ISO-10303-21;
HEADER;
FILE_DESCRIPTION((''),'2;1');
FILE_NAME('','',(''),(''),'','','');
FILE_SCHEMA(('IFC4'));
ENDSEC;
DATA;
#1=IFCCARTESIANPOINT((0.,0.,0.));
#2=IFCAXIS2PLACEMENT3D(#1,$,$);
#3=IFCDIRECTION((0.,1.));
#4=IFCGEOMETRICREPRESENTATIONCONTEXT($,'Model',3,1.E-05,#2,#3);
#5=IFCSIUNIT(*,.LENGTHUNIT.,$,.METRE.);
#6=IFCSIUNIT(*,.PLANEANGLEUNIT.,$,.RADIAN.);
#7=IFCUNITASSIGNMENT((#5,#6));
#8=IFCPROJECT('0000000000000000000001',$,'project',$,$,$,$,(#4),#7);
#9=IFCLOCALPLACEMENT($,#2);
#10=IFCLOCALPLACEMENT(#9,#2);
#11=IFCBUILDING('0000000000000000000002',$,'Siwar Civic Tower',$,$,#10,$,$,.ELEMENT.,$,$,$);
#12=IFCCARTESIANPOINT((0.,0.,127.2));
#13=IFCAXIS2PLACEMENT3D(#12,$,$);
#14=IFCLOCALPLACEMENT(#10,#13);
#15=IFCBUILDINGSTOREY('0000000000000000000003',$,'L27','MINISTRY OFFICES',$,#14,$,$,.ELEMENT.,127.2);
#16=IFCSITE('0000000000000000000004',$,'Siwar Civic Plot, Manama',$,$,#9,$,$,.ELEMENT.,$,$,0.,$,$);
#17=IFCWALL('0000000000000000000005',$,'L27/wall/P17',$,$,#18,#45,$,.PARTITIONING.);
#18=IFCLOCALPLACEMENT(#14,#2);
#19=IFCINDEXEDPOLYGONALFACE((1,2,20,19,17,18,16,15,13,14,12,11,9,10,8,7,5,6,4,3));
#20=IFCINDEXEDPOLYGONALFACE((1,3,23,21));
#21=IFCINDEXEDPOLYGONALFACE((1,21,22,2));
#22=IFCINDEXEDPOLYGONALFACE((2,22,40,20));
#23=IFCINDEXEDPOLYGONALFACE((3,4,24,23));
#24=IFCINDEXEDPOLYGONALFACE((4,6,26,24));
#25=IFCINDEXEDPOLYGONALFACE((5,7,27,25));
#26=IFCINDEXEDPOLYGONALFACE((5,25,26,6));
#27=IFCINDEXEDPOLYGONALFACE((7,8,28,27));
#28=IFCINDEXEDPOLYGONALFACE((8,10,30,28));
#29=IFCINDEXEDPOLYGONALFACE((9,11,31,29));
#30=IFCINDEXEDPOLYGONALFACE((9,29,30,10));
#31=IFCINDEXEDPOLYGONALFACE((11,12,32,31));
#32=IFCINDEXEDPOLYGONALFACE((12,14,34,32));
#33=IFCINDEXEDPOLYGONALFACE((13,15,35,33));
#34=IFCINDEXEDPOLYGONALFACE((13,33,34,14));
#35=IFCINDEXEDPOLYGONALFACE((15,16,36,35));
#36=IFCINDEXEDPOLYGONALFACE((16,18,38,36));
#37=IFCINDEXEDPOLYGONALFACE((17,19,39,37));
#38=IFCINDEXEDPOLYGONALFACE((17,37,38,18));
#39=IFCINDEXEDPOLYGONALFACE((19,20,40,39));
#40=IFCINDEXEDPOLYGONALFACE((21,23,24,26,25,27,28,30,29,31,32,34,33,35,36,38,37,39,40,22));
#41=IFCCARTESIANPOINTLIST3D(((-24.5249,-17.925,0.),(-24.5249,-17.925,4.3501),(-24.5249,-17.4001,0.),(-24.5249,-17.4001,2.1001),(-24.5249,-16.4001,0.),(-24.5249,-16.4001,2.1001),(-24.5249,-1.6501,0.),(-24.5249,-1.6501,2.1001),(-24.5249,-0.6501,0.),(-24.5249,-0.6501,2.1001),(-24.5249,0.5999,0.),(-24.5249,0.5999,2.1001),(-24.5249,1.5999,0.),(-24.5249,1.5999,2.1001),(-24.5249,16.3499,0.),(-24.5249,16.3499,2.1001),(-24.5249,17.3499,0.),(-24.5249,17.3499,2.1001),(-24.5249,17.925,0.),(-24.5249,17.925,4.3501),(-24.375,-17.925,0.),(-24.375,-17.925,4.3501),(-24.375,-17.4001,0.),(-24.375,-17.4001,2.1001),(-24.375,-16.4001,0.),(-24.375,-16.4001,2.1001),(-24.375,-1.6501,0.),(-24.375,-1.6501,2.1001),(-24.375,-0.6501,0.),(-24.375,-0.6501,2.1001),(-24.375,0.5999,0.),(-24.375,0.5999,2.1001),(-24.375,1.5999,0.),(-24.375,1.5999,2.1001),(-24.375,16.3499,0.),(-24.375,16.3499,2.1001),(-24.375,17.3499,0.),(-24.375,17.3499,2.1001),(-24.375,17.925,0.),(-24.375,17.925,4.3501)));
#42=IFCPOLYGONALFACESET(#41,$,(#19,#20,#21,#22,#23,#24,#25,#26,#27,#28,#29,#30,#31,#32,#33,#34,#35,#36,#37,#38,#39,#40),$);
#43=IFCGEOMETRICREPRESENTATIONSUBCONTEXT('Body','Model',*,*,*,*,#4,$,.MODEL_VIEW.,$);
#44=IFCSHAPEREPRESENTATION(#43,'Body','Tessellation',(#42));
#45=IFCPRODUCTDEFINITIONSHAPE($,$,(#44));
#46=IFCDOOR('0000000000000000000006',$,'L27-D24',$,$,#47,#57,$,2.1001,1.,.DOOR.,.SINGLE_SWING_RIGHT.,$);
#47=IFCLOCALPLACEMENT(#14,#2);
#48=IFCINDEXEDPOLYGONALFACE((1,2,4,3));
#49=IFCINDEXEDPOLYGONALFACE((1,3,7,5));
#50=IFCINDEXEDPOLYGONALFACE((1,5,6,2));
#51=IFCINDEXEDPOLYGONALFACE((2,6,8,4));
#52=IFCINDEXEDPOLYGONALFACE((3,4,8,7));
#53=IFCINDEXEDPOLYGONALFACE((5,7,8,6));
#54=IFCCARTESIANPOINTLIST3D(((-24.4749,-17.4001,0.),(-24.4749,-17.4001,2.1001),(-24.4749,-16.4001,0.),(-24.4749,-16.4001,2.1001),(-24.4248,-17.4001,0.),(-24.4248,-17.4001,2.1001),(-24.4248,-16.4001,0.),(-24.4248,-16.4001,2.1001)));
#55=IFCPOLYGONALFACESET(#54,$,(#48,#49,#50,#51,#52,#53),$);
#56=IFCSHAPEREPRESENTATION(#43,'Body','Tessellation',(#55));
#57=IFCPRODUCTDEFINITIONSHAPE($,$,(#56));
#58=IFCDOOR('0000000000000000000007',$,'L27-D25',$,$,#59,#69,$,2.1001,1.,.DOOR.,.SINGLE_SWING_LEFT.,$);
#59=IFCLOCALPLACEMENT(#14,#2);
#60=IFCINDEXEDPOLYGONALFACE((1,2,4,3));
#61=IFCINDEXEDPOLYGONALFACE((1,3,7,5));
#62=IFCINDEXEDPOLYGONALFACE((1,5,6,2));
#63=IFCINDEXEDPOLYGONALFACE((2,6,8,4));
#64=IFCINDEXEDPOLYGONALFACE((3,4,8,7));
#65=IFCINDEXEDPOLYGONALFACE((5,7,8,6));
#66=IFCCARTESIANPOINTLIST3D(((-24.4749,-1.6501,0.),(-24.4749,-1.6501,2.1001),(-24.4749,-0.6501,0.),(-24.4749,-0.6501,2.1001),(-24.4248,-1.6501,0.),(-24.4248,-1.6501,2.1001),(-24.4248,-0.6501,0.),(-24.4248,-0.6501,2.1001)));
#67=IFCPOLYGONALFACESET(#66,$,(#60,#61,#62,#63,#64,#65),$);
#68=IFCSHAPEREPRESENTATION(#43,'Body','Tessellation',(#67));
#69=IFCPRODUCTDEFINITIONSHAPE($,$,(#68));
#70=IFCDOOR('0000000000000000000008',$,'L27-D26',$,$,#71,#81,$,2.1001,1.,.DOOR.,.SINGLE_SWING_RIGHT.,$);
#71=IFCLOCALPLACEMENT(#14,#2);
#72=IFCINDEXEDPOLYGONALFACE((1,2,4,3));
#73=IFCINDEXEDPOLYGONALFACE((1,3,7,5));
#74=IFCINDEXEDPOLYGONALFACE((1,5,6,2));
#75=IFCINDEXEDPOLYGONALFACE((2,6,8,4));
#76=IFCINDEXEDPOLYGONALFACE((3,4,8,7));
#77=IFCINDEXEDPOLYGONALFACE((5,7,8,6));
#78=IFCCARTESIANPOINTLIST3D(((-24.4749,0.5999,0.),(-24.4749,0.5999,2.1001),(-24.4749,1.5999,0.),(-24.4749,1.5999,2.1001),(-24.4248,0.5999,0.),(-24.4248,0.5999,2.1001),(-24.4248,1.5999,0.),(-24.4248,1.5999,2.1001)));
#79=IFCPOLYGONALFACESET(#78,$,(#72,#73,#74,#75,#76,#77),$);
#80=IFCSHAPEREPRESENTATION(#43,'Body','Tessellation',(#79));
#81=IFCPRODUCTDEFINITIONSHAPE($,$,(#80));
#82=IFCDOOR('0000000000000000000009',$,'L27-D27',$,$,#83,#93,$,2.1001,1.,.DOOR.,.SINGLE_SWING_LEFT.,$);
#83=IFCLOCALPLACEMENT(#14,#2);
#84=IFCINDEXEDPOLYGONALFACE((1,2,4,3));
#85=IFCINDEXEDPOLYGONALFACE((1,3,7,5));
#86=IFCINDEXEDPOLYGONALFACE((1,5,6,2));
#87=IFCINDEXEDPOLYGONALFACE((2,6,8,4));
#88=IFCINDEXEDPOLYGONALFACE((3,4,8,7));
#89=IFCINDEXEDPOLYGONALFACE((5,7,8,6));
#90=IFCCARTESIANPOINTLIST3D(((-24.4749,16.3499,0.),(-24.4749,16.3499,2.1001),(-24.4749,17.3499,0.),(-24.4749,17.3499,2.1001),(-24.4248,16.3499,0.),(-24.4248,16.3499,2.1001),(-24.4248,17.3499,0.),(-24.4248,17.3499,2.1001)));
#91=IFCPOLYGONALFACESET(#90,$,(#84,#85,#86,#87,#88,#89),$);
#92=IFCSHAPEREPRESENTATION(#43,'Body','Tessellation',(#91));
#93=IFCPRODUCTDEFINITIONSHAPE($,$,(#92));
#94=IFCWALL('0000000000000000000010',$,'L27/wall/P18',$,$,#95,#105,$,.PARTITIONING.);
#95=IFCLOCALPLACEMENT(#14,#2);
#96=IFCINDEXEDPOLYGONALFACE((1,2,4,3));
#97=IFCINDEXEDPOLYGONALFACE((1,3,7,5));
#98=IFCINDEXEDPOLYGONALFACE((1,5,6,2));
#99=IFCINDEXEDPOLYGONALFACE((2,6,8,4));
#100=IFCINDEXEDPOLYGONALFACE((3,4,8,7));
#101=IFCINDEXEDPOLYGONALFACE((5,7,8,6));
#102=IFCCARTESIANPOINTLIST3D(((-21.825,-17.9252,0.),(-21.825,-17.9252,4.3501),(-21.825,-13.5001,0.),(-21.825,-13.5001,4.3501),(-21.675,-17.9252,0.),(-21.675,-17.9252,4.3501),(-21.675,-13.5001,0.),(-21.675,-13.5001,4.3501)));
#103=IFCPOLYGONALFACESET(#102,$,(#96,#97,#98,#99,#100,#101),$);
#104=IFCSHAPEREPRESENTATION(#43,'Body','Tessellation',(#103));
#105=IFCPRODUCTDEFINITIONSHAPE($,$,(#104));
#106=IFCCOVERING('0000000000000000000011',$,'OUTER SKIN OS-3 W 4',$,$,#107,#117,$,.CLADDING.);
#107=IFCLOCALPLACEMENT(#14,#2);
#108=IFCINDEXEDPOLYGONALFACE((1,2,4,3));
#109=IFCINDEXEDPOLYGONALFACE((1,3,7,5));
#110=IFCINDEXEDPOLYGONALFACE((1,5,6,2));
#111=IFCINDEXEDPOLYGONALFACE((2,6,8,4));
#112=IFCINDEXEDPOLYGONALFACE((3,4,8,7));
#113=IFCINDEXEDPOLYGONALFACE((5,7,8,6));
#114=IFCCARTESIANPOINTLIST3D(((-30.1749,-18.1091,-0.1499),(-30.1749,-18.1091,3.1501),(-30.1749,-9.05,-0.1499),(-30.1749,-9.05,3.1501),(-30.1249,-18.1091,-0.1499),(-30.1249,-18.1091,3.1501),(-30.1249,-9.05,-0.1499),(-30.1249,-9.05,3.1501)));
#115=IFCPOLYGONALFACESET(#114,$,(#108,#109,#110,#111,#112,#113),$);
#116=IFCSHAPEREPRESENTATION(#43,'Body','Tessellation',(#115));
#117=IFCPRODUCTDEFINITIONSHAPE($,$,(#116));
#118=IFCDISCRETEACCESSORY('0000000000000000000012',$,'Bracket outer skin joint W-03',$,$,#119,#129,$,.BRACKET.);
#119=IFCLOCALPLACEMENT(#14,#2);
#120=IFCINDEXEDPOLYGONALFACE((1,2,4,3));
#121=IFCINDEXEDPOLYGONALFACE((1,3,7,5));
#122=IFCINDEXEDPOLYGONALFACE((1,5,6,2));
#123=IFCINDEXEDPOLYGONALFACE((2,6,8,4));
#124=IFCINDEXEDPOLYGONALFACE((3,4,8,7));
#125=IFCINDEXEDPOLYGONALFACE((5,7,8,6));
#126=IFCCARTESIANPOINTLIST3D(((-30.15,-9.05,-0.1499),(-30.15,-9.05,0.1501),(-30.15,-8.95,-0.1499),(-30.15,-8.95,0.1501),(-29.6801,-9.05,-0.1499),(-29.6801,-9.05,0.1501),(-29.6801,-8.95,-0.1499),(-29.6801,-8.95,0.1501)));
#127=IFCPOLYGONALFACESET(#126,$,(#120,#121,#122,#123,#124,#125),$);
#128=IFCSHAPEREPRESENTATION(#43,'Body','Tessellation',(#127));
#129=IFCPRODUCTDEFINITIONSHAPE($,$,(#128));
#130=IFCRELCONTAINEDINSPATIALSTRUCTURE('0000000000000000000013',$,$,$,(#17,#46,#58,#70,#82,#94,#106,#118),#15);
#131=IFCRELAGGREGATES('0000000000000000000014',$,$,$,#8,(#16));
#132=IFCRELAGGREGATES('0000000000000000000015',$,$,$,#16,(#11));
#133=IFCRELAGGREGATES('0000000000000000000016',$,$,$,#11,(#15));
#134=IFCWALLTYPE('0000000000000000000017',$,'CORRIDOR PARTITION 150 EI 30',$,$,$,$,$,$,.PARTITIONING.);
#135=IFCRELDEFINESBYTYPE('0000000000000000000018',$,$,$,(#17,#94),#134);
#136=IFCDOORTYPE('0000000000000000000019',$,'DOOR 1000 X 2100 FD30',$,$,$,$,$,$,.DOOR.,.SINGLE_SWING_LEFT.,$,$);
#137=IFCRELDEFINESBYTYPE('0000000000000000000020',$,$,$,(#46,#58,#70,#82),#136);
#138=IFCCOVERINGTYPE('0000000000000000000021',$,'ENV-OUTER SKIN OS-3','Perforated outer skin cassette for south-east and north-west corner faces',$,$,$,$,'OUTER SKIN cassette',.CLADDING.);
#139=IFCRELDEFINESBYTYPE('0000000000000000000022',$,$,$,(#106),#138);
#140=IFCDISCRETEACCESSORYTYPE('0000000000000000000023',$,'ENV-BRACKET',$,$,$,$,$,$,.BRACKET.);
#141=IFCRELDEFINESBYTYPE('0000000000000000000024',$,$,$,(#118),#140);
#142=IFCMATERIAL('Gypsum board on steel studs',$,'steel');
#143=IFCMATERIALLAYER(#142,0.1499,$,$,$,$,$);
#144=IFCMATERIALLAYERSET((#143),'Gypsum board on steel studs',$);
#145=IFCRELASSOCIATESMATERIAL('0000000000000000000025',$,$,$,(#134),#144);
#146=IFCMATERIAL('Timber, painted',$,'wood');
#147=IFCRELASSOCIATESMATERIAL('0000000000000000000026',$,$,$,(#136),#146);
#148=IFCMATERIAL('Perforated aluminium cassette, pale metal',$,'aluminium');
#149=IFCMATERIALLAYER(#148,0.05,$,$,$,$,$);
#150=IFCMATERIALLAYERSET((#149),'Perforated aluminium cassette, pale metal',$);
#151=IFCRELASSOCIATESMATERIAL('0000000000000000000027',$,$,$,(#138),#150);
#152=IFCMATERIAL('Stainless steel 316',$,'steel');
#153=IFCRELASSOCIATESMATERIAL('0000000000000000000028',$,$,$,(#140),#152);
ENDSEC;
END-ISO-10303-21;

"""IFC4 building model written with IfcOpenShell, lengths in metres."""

from ifc_helpers import new_model, si_unit, direction, frame, frame_2d, origin, origin_2d, place, context, subcontext, project, spatial, rectangle, extrude, material, layer, layer_set, type_object, element, fill, save


model = new_model("IFC4")

# Units and contexts
model_context = context("Model", 3, precision=1e-05, world=origin(), true_north=direction((0.0, 1.0)))
body_context = subcontext(model_context, "Body", "Model", "MODEL_VIEW")
ifc_project = project(units=[si_unit("LENGTHUNIT", "METRE"), si_unit("PLANEANGLEUNIT", "RADIAN")], contexts=[model_context])

# Site, building, storey
site_placement = place(None, origin())
site = spatial("IfcSite", under=ifc_project, at=site_placement, Name="Siwar Civic Plot, Manama", CompositionType="ELEMENT", RefElevation=0.0)
building_placement = place(site_placement, origin())
building = spatial("IfcBuilding", under=site, at=building_placement, Name="Siwar Civic Tower", CompositionType="ELEMENT")
storey_placement = place(building_placement, frame((0.0, 0.0, 127.2)))
storey = spatial("IfcBuildingStorey", under=building, at=storey_placement, Name="L27", Description="MINISTRY OFFICES", CompositionType="ELEMENT", Elevation=127.2)

# Wall, openings, doors
ifc_material_1 = material(Name="Gypsum board on steel studs", Category="steel")
ifc_layer_1 = layer(ifc_material_1, 0.1499)
ifc_layer_set_1 = layer_set([ifc_layer_1], Name="Gypsum board on steel studs")
wall_type_1 = type_object("IfcWallType", Name="CORRIDOR PARTITION 150 EI 30", PredefinedType="PARTITIONING", material=ifc_layer_set_1)
ifc_material_2 = material(Name="Timber, painted", Category="wood")
door_type_1 = type_object("IfcDoorType", Name="DOOR 1000 X 2100 FD30", OperationType="SINGLE_SWING_LEFT", PredefinedType="DOOR", material=ifc_material_2)
wall_1_placement = place(storey_placement, frame((-24.45, -17.925, 0.0), z_axis=(0.0, 0.0, 1.0), x_axis=(0.0, 1.0, 0.0)))
wall_1 = element("IfcWall", 1, at=wall_1_placement, inside=storey, type_object=wall_type_1, Name="L27/wall/P17", PredefinedType="PARTITIONING", context=body_context, shape_type="SweptSolid", body=[
    extrude(rectangle(XDim=35.8501, YDim=0.1499, at=frame_2d((17.925, 0.0))), origin(), (0.0, 0.0, 1.0), 4.3501),
])
opening_1_placement = place(wall_1_placement, frame((0.5249, 0.0, 0.0)))
opening_1 = element("IfcOpeningElement", 2, at=opening_1_placement, cuts=wall_1, PredefinedType="OPENING", context=body_context, shape_type="SweptSolid", body=[
    extrude(rectangle(XDim=1.0, YDim=2.1001, at=frame_2d((0.5, 1.05))), frame((0.0, 0.085, 0.0), z_axis=(0.0, -1.0, 0.0), x_axis=(1.0, 0.0, 0.0)), (0.0, 0.0, 1.0), 0.1699),
])
opening_2_placement = place(wall_1_placement, frame((16.2749, 0.0, 0.0)))
opening_2 = element("IfcOpeningElement", 3, at=opening_2_placement, cuts=wall_1, PredefinedType="OPENING", context=body_context, shape_type="SweptSolid", body=[
    extrude(rectangle(XDim=1.0, YDim=2.1001, at=frame_2d((0.5, 1.05))), frame((0.0, 0.085, 0.0), z_axis=(0.0, -1.0, 0.0), x_axis=(1.0, 0.0, 0.0)), (0.0, 0.0, 1.0), 0.1699),
])
opening_3_placement = place(wall_1_placement, frame((18.5249, 0.0, 0.0)))
opening_3 = element("IfcOpeningElement", 4, at=opening_3_placement, cuts=wall_1, PredefinedType="OPENING", context=body_context, shape_type="SweptSolid", body=[
    extrude(rectangle(XDim=1.0, YDim=2.1001, at=frame_2d((0.5, 1.05))), frame((0.0, 0.085, 0.0), z_axis=(0.0, -1.0, 0.0), x_axis=(1.0, 0.0, 0.0)), (0.0, 0.0, 1.0), 0.1699),
])
opening_4_placement = place(wall_1_placement, frame((34.2749, 0.0, 0.0)))
opening_4 = element("IfcOpeningElement", 5, at=opening_4_placement, cuts=wall_1, PredefinedType="OPENING", context=body_context, shape_type="SweptSolid", body=[
    extrude(rectangle(XDim=1.0, YDim=2.1001, at=frame_2d((0.5, 1.05))), frame((0.0, 0.085, 0.0), z_axis=(0.0, -1.0, 0.0), x_axis=(1.0, 0.0, 0.0)), (0.0, 0.0, 1.0), 0.1699),
])
door_1_placement = place(opening_1_placement, origin())
door_1 = element("IfcDoor", 6, at=door_1_placement, inside=storey, type_object=door_type_1, Name="L27-D24", OperationType="SINGLE_SWING_RIGHT", OverallHeight=2.1001, OverallWidth=1.0, PredefinedType="DOOR", context=body_context, shape_type="SweptSolid", body=[
    extrude(rectangle(XDim=1.0, YDim=2.1001, at=frame_2d((0.5, 1.05))), frame((0.0, 0.0249, 0.0), z_axis=(0.0, -1.0, 0.0), x_axis=(1.0, 0.0, 0.0)), (0.0, 0.0, 1.0), 0.05),
])
fill(opening_1, door_1)
door_2_placement = place(opening_2_placement, origin())
door_2 = element("IfcDoor", 7, at=door_2_placement, inside=storey, type_object=door_type_1, Name="L27-D25", OperationType="SINGLE_SWING_LEFT", OverallHeight=2.1001, OverallWidth=1.0, PredefinedType="DOOR", context=body_context, shape_type="SweptSolid", body=[
    extrude(rectangle(XDim=1.0, YDim=2.1001, at=frame_2d((0.5, 1.05))), frame((0.0, 0.0249, 0.0), z_axis=(0.0, -1.0, 0.0), x_axis=(1.0, 0.0, 0.0)), (0.0, 0.0, 1.0), 0.05),
])
fill(opening_2, door_2)
door_3_placement = place(opening_3_placement, origin())
door_3 = element("IfcDoor", 8, at=door_3_placement, inside=storey, type_object=door_type_1, Name="L27-D26", OperationType="SINGLE_SWING_RIGHT", OverallHeight=2.1001, OverallWidth=1.0, PredefinedType="DOOR", context=body_context, shape_type="SweptSolid", body=[
    extrude(rectangle(XDim=1.0, YDim=2.1001, at=frame_2d((0.5, 1.05))), frame((0.0, 0.0249, 0.0), z_axis=(0.0, -1.0, 0.0), x_axis=(1.0, 0.0, 0.0)), (0.0, 0.0, 1.0), 0.05),
])
fill(opening_3, door_3)
door_4_placement = place(opening_4_placement, origin())
door_4 = element("IfcDoor", 9, at=door_4_placement, inside=storey, type_object=door_type_1, Name="L27-D27", OperationType="SINGLE_SWING_LEFT", OverallHeight=2.1001, OverallWidth=1.0, PredefinedType="DOOR", context=body_context, shape_type="SweptSolid", body=[
    extrude(rectangle(XDim=1.0, YDim=2.1001, at=frame_2d((0.5, 1.05))), frame((0.0, 0.0249, 0.0), z_axis=(0.0, -1.0, 0.0), x_axis=(1.0, 0.0, 0.0)), (0.0, 0.0, 1.0), 0.05),
])
fill(opening_4, door_4)

# Wall
wall_2_placement = place(storey_placement, frame((-21.75, -17.925, 0.0), z_axis=(0.0, 0.0, 1.0), x_axis=(0.0, 1.0, 0.0)))
element("IfcWall", 10, at=wall_2_placement, inside=storey, type_object=wall_type_1, Name="L27/wall/P18", PredefinedType="PARTITIONING", context=body_context, shape_type="SweptSolid", body=[
    extrude(rectangle(XDim=4.425, YDim=0.1499, at=frame_2d((2.2124, 0.0))), origin(), (0.0, 0.0, 1.0), 4.3501),
])

# Covering
ifc_material_3 = material(Name="Perforated aluminium cassette, pale metal", Category="aluminium")
ifc_layer_2 = layer(ifc_material_3, 0.05)
ifc_layer_set_2 = layer_set([ifc_layer_2], Name="Perforated aluminium cassette, pale metal")
covering_type = type_object("IfcCoveringType", Name="ENV-OUTER SKIN OS-3", Description="Perforated outer skin cassette for south-east and north-west corner faces", ElementType="OUTER SKIN cassette", PredefinedType="CLADDING", material=ifc_layer_set_2)
covering_placement = place(storey_placement, frame((-30.1499, -13.5796, -0.1499), z_axis=(0.0, 0.0, 1.0), x_axis=(0.0, -1.0, 0.0)))
element("IfcCovering", 11, at=covering_placement, inside=storey, type_object=covering_type, Name="OUTER SKIN OS-3 W 4", PredefinedType="CLADDING", context=body_context, shape_type="SweptSolid", body=[
    extrude(rectangle(XDim=9.0591, YDim=0.05, at=origin_2d()), origin(), (0.0, 0.0, 1.0), 3.3),
])

# Discrete accessory
ifc_material_4 = material(Name="Stainless steel 316", Category="steel")
discrete_accessory_type = type_object("IfcDiscreteAccessoryType", Name="ENV-BRACKET", PredefinedType="BRACKET", material=ifc_material_4)
discrete_accessory_placement = place(storey_placement, frame((-29.915, -9.0, -0.1499), z_axis=(0.0, 0.0, 1.0), x_axis=(-1.0, 0.0, 0.0)))
element("IfcDiscreteAccessory", 12, at=discrete_accessory_placement, inside=storey, type_object=discrete_accessory_type, Name="Bracket outer skin joint W-03", PredefinedType="BRACKET", context=body_context, shape_type="SweptSolid", body=[
    extrude(rectangle(XDim=0.47, YDim=0.1001, at=origin_2d()), origin(), (0.0, 0.0, 1.0), 0.3),
])

save(model, "model.ifc")
